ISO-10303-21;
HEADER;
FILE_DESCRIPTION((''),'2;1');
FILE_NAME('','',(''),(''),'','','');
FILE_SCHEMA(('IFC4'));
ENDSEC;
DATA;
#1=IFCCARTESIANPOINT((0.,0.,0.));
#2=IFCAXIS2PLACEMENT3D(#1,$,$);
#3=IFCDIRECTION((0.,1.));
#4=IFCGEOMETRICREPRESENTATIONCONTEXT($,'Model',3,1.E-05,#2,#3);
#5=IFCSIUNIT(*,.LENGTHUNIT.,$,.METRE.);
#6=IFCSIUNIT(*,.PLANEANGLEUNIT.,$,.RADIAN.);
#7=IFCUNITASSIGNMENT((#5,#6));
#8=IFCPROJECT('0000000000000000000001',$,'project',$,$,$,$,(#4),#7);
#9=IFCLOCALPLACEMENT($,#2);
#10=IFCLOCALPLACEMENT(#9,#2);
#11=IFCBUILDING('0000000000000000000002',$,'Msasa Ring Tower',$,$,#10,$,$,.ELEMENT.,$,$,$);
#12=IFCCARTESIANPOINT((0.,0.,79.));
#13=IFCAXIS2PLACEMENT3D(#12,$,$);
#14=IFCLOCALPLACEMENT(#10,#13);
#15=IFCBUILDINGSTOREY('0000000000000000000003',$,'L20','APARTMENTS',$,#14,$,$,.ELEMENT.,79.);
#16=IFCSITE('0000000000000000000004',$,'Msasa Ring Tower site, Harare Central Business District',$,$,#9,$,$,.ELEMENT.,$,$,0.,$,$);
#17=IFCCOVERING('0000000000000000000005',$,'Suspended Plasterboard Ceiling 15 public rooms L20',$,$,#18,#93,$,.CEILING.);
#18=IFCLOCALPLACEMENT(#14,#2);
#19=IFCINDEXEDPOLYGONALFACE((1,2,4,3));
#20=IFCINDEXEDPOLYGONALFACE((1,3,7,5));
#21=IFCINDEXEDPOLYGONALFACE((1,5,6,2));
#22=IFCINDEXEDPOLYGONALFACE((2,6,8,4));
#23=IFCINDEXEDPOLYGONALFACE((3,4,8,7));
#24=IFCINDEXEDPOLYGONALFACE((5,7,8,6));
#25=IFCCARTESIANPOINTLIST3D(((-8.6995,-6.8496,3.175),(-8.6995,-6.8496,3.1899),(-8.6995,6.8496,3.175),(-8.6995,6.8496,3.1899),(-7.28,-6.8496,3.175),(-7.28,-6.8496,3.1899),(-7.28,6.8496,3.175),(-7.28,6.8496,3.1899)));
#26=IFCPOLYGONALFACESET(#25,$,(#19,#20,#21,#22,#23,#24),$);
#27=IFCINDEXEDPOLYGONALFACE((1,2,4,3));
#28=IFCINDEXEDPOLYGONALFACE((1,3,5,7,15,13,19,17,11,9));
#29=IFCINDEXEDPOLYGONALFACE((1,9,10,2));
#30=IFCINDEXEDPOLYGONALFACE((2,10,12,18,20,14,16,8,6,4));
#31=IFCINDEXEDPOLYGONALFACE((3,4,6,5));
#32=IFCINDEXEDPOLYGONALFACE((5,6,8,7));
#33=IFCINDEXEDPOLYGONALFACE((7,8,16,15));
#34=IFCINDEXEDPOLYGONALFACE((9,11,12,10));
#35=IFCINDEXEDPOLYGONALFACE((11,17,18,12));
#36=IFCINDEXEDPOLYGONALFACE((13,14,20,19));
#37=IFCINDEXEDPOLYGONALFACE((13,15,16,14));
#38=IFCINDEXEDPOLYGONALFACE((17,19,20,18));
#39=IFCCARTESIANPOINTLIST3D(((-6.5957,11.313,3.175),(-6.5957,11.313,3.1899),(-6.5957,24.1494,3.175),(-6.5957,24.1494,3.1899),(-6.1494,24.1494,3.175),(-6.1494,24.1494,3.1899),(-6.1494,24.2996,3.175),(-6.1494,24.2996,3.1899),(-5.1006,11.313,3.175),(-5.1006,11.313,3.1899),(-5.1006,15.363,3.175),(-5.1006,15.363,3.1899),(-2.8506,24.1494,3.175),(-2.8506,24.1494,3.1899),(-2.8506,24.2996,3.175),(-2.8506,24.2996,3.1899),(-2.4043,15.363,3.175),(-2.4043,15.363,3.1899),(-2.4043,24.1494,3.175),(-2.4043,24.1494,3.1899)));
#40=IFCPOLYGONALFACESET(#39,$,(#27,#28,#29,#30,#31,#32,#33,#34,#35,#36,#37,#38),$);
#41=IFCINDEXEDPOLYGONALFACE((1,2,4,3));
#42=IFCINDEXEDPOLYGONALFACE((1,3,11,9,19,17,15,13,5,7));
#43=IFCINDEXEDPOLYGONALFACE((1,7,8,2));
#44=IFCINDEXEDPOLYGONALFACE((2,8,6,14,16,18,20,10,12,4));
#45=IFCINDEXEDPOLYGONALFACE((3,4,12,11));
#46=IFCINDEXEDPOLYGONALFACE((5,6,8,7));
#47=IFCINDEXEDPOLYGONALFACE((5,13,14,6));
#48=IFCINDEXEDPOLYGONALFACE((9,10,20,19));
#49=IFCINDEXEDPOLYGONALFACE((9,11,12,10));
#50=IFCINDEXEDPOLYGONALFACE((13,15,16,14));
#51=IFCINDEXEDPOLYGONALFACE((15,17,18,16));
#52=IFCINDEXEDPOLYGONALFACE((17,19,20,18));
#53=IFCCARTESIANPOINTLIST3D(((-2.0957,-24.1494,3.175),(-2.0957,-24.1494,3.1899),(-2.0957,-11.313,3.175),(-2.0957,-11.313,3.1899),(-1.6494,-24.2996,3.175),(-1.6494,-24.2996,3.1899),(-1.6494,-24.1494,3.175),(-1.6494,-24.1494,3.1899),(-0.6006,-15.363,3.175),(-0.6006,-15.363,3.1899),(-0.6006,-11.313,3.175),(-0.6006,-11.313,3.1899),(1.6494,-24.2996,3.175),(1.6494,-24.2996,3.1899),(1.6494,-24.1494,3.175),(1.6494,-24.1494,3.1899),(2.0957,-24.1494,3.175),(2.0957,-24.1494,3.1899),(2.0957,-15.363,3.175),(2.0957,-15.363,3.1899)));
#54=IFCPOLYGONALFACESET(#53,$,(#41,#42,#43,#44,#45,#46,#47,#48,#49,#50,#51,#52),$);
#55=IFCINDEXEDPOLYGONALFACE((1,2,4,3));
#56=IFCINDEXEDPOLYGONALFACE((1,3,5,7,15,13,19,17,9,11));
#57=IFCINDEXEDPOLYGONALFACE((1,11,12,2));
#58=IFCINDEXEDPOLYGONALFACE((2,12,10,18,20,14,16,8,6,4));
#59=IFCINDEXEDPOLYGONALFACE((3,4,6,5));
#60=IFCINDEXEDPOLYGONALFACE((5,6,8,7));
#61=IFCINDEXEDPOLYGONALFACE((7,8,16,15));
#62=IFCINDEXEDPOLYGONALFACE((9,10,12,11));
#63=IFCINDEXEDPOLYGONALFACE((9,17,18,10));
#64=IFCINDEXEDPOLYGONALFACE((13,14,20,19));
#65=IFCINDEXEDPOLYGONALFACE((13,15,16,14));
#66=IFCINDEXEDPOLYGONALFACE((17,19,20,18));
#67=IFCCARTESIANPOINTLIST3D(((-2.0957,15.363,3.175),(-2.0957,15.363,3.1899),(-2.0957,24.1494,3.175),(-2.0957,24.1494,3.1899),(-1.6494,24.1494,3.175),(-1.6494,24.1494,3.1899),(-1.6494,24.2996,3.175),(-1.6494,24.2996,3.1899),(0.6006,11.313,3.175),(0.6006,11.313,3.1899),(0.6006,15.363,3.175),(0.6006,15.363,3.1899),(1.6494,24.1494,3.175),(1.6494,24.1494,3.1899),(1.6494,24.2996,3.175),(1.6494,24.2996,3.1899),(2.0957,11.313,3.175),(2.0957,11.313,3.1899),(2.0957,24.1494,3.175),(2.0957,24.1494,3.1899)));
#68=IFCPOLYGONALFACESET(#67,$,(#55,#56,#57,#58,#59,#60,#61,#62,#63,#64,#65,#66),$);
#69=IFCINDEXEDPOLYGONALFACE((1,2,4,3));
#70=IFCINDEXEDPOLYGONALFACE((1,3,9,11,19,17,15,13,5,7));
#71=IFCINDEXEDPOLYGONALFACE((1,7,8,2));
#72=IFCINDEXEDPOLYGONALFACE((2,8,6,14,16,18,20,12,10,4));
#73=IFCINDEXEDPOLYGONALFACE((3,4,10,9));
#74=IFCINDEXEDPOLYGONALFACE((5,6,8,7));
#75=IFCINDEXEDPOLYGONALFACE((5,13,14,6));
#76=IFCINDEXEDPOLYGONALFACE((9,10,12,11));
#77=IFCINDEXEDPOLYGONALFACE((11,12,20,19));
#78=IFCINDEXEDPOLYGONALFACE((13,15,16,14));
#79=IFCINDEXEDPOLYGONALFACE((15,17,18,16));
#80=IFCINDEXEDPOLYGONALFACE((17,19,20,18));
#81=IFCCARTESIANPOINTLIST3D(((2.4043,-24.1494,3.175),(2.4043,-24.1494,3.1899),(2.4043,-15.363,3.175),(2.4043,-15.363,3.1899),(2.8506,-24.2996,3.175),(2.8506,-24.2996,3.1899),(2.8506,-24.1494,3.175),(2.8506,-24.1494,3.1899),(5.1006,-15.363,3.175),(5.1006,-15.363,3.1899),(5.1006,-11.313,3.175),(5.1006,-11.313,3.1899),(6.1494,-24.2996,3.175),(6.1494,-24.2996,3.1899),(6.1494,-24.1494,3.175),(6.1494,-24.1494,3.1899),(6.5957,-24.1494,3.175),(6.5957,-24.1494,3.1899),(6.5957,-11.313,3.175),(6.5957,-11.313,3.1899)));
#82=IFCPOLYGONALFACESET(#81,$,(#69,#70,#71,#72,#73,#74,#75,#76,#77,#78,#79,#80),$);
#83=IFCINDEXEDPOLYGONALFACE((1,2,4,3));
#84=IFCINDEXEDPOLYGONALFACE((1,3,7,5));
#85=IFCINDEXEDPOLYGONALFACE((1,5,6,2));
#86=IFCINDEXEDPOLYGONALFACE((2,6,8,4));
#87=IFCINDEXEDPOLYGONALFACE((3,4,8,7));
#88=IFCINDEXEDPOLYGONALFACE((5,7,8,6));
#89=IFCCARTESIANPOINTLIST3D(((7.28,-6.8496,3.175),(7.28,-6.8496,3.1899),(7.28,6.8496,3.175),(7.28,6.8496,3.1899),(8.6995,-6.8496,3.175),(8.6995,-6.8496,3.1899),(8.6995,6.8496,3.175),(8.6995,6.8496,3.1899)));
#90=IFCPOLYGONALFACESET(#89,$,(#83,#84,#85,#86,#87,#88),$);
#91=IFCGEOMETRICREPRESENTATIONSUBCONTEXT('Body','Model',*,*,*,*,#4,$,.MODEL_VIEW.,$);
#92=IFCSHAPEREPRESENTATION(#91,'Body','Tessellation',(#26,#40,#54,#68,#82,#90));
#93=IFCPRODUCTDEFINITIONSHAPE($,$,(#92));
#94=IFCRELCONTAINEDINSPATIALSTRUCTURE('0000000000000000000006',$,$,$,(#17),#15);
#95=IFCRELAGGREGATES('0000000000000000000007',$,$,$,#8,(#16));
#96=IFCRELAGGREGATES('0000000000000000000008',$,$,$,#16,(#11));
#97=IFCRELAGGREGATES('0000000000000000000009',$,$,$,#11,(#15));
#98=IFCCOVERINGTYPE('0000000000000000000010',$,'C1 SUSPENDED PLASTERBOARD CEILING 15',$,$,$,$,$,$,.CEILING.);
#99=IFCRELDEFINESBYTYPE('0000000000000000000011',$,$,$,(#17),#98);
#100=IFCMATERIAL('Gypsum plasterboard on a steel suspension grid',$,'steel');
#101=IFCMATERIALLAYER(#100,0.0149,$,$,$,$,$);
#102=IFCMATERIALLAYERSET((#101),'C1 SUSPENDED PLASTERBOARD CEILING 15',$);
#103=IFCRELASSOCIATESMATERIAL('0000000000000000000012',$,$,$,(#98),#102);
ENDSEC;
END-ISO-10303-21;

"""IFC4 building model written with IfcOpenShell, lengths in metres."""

from ifc_helpers import new_model, si_unit, direction, frame, origin, place, context, subcontext, project, spatial, line, indexed_curve, outline, extrude, material, layer, layer_set, type_object, element, save


model = new_model("IFC4")

# Units and contexts
model_context = context("Model", 3, precision=1e-05, world=origin(), true_north=direction((0.0, 1.0)))
body_context = subcontext(model_context, "Body", "Model", "MODEL_VIEW")
ifc_project = project(units=[si_unit("LENGTHUNIT", "METRE"), si_unit("PLANEANGLEUNIT", "RADIAN")], contexts=[model_context])

# Site, building, storey
site_placement = place(None, origin())
site = spatial("IfcSite", under=ifc_project, at=site_placement, Name="Msasa Ring Tower site, Harare Central Business District", CompositionType="ELEMENT", RefElevation=0.0)
building_placement = place(site_placement, origin())
building = spatial("IfcBuilding", under=site, at=building_placement, Name="Msasa Ring Tower", CompositionType="ELEMENT")
storey_placement = place(building_placement, frame((0.0, 0.0, 79.0)))
storey = spatial("IfcBuildingStorey", under=building, at=storey_placement, Name="L20", Description="APARTMENTS", CompositionType="ELEMENT", Elevation=79.0)

# Covering
ifc_material_1 = material(Name="Gypsum plasterboard on a steel suspension grid", Category="steel")
ifc_layer_1 = layer(ifc_material_1, 0.0149)
ifc_layer_set_1 = layer_set([ifc_layer_1], Name="C1 SUSPENDED PLASTERBOARD CEILING 15")
covering_type_1 = type_object("IfcCoveringType", Name="C1 SUSPENDED PLASTERBOARD CEILING 15", PredefinedType="CEILING", material=ifc_layer_set_1)
covering_1_placement = place(storey_placement, frame((0.0, 0.0, 3.175)))
element("IfcCovering", 1, at=covering_1_placement, inside=storey, type_object=covering_type_1, Name="Suspended Plasterboard Ceiling 15 public rooms L20", PredefinedType="CEILING", context=body_context, shape_type="SweptSolid", body=[
    extrude(outline(indexed_curve([(-8.6995, -6.8496), (-8.6995, 6.8496), (-7.28, 6.8496), (-7.28, -6.8496)], segments=[line(1, 2, 3, 4, 1)], self_intersect=False)), origin(), (0.0, 0.0, 1.0), 0.0149),
    extrude(outline(indexed_curve([(-5.1006, 11.313), (-6.5957, 11.313), (-6.5957, 24.1494), (-6.1494, 24.1494), (-6.1494, 24.2996), (-2.8506, 24.2996), (-2.8506, 24.1494), (-2.4043, 24.1494), (-2.4043, 15.363), (-5.1006, 15.363)], segments=[line(1, 2, 3, 4, 5, 6, 7, 8, 9, 10, 1)], self_intersect=False)), origin(), (0.0, 0.0, 1.0), 0.0149),
    extrude(outline(indexed_curve([(2.0957, -15.363), (2.0957, -24.1494), (1.6494, -24.1494), (1.6494, -24.2996), (-1.6494, -24.2996), (-1.6494, -24.1494), (-2.0957, -24.1494), (-2.0957, -11.313), (-0.6006, -11.313), (-0.6006, -15.363)], segments=[line(1, 2, 3, 4, 5, 6, 7, 8, 9, 10, 1)], self_intersect=False)), origin(), (0.0, 0.0, 1.0), 0.0149),
    extrude(outline(indexed_curve([(1.6494, 24.2996), (1.6494, 24.1494), (2.0957, 24.1494), (2.0957, 11.313), (0.6006, 11.313), (0.6006, 15.363), (-2.0957, 15.363), (-2.0957, 24.1494), (-1.6494, 24.1494), (-1.6494, 24.2996)], segments=[line(1, 2, 3, 4, 5, 6, 7, 8, 9, 10, 1)], self_intersect=False)), origin(), (0.0, 0.0, 1.0), 0.0149),
    extrude(outline(indexed_curve([(5.1006, -11.313), (6.5957, -11.313), (6.5957, -24.1494), (6.1494, -24.1494), (6.1494, -24.2996), (2.8506, -24.2996), (2.8506, -24.1494), (2.4043, -24.1494), (2.4043, -15.363), (5.1006, -15.363)], segments=[line(1, 2, 3, 4, 5, 6, 7, 8, 9, 10, 1)], self_intersect=False)), origin(), (0.0, 0.0, 1.0), 0.0149),
    extrude(outline(indexed_curve([(8.6995, -6.8496), (7.28, -6.8496), (7.28, 6.8496), (8.6995, 6.8496)], segments=[line(1, 2, 3, 4, 1)], self_intersect=False)), origin(), (0.0, 0.0, 1.0), 0.0149),
])

save(model, "model.ifc")
